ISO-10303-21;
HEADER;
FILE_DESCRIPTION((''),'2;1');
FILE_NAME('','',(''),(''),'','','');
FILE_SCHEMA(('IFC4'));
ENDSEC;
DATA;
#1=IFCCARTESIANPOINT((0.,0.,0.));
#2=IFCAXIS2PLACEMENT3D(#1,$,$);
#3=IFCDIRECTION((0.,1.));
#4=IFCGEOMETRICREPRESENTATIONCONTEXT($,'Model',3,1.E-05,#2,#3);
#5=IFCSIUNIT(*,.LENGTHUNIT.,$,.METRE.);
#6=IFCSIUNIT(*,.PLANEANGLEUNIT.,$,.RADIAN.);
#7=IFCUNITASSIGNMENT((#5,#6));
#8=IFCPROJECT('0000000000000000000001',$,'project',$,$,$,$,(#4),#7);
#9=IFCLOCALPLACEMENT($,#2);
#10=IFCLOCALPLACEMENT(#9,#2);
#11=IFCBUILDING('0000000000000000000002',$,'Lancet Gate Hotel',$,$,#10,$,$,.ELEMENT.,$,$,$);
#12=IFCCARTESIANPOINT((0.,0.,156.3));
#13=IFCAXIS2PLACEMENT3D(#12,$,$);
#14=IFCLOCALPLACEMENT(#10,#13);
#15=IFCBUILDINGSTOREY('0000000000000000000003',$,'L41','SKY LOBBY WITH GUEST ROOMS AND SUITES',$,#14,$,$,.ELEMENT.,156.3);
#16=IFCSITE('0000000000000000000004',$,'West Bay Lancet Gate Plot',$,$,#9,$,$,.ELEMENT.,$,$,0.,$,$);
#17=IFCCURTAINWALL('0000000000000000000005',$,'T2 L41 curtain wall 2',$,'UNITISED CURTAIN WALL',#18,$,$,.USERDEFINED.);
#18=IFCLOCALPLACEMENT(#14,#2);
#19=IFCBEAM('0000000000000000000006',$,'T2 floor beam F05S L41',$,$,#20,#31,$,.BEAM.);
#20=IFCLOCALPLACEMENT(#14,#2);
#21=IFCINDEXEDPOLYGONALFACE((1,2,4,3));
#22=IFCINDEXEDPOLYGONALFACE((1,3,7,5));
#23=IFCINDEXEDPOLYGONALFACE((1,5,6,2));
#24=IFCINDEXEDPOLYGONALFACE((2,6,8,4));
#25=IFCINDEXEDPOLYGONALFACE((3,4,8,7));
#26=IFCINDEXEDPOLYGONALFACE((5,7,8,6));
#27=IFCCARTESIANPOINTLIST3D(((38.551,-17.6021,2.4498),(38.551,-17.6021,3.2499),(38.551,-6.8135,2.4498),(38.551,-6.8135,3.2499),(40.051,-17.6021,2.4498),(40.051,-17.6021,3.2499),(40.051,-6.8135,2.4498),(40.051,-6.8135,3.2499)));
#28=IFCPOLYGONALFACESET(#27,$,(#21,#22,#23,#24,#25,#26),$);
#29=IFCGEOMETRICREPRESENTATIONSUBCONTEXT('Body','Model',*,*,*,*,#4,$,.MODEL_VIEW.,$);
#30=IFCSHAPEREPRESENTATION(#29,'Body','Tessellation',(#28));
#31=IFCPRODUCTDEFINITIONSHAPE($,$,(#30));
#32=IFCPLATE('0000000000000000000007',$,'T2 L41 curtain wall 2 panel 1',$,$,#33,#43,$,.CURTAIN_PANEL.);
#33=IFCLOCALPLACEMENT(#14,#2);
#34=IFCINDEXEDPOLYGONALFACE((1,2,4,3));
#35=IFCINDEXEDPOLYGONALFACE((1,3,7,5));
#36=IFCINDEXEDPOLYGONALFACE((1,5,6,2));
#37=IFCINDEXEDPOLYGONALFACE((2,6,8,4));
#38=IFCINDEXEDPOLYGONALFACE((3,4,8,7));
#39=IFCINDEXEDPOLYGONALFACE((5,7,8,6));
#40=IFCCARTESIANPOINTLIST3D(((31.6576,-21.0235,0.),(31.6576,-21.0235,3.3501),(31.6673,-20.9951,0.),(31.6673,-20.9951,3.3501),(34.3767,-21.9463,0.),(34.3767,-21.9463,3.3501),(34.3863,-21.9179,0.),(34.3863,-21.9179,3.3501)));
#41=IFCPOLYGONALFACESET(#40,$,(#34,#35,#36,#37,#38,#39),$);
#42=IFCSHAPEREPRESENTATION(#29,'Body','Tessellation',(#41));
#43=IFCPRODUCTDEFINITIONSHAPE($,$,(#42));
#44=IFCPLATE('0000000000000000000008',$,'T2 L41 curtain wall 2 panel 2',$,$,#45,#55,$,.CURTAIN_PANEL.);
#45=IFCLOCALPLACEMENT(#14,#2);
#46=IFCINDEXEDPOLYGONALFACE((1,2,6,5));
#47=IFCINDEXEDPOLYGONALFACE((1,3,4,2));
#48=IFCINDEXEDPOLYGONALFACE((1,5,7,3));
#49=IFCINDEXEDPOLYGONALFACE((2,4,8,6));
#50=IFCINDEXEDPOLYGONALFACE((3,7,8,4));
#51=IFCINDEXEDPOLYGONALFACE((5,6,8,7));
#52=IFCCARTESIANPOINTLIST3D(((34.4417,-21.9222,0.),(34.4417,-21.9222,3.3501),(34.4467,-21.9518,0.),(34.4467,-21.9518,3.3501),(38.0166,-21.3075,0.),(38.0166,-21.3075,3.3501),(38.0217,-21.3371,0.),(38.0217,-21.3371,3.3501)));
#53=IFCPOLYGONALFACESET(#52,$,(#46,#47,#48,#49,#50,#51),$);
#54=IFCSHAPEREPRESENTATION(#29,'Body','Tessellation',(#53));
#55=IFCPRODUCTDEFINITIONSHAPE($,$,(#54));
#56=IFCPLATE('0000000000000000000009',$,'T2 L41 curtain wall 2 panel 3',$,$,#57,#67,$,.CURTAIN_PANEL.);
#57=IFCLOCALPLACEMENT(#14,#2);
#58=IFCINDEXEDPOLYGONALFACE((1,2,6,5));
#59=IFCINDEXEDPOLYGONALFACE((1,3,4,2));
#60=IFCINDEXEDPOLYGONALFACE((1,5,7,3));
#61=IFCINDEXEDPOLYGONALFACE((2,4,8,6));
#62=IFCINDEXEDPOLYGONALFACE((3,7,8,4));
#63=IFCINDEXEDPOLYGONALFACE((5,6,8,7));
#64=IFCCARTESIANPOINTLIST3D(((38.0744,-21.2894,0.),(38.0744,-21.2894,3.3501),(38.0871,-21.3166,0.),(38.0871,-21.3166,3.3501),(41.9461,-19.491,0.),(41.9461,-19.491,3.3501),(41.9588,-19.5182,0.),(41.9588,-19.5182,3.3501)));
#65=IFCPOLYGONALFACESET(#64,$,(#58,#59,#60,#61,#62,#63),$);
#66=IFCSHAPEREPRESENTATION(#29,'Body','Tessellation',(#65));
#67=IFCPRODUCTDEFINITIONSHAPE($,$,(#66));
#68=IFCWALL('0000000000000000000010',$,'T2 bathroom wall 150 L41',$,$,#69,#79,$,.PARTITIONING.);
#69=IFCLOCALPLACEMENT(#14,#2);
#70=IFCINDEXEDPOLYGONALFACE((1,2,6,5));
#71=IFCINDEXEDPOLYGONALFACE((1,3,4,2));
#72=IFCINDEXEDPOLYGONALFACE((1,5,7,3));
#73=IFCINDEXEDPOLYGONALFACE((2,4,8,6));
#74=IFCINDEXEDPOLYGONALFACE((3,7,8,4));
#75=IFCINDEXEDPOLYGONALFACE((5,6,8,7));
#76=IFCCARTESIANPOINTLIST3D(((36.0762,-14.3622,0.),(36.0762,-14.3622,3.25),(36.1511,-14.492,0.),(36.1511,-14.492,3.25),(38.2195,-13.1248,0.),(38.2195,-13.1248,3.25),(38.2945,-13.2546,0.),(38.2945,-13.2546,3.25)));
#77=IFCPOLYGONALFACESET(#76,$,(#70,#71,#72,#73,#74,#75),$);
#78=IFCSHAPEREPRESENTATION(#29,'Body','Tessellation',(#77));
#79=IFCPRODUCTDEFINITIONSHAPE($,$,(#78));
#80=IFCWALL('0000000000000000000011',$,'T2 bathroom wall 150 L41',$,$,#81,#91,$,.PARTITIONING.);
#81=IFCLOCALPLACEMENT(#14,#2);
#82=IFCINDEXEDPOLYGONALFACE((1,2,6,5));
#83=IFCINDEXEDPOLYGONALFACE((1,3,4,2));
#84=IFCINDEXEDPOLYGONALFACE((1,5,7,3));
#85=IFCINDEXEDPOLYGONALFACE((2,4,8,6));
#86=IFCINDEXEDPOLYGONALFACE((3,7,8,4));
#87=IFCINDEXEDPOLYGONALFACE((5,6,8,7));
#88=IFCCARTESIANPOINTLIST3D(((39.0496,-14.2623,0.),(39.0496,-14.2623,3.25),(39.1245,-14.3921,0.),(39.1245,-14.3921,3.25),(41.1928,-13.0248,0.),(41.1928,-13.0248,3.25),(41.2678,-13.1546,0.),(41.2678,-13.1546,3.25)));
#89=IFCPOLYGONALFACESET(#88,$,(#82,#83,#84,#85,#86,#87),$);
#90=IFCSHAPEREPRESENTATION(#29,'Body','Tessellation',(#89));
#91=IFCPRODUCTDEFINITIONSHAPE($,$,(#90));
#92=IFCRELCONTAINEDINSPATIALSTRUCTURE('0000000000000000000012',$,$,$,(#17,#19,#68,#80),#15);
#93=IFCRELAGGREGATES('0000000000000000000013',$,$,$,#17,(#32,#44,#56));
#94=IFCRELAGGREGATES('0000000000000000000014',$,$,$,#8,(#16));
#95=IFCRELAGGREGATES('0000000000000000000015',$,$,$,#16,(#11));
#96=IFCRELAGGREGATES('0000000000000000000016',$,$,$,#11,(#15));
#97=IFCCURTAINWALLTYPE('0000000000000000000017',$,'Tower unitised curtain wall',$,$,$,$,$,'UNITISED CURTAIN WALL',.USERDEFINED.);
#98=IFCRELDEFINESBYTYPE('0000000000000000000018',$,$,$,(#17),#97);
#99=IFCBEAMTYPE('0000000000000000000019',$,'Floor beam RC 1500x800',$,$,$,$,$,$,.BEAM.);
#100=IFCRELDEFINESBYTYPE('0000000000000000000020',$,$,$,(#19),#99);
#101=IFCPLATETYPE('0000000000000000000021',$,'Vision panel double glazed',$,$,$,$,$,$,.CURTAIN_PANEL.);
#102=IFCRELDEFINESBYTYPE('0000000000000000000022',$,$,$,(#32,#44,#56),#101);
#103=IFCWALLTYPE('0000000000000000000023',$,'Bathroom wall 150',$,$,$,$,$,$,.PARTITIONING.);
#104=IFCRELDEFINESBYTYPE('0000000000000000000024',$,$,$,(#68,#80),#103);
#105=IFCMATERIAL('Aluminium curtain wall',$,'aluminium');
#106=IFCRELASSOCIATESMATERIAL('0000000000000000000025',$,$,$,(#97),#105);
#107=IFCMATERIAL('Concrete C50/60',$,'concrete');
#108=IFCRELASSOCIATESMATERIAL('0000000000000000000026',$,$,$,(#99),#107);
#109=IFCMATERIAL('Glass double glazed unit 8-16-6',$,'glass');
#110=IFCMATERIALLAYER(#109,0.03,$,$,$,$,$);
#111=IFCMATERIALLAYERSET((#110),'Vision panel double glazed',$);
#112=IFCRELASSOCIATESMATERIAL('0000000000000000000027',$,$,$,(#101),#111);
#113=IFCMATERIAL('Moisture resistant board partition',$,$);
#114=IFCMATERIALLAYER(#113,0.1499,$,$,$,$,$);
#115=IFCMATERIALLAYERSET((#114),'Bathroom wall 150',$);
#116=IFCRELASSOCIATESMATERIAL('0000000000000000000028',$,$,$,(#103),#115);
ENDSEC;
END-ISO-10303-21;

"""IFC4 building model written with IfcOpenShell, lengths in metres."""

from ifc_helpers import new_model, si_unit, direction, frame, frame_2d, origin, origin_2d, place, context, subcontext, project, spatial, rectangle, extrude, material, layer, layer_set, material_profile, profile_set, type_object, element, aggregate, save


model = new_model("IFC4")

# Units and contexts
model_context = context("Model", 3, precision=1e-05, world=origin(), true_north=direction((0.0, 1.0)))
body_context = subcontext(model_context, "Body", "Model", "MODEL_VIEW")
ifc_project = project(units=[si_unit("LENGTHUNIT", "METRE"), si_unit("PLANEANGLEUNIT", "RADIAN")], contexts=[model_context])

# Site, building, storey
site_placement = place(None, origin())
site = spatial("IfcSite", under=ifc_project, at=site_placement, Name="West Bay Lancet Gate Plot", CompositionType="ELEMENT", RefElevation=0.0)
building_placement = place(site_placement, origin())
building = spatial("IfcBuilding", under=site, at=building_placement, Name="Lancet Gate Hotel", CompositionType="ELEMENT")
storey_placement = place(building_placement, frame((0.0, 0.0, 156.3)))
storey = spatial("IfcBuildingStorey", under=building, at=storey_placement, Name="L41", Description="SKY LOBBY WITH GUEST ROOMS AND SUITES", CompositionType="ELEMENT", Elevation=156.3)

# Curtain wall
ifc_material_1 = material(Name="Aluminium curtain wall", Category="aluminium")
curtain_wall_type = type_object("IfcCurtainWallType", Name="Tower unitised curtain wall", ElementType="UNITISED CURTAIN WALL", PredefinedType="USERDEFINED", material=ifc_material_1)
curtain_wall_placement = place(storey_placement, origin())
curtain_wall = element("IfcCurtainWall", 1, at=curtain_wall_placement, inside=storey, type_object=curtain_wall_type, Name="T2 L41 curtain wall 2", ObjectType="UNITISED CURTAIN WALL", PredefinedType="USERDEFINED")

# Beam
ifc_material_2 = material(Name="Concrete C50/60", Category="concrete")
ifc_material_profile_1 = material_profile(ifc_material_2, rectangle(XDim=1.5, YDim=0.8, at=origin_2d()), Name="RC 1500x800")
ifc_profile_set_1 = profile_set([ifc_material_profile_1], Name="Concrete C50/60")
beam_type_1 = type_object("IfcBeamType", Name="Floor beam RC 1500x800", PredefinedType="BEAM", material=ifc_profile_set_1)
beam_1_placement = place(storey_placement, frame((39.301, -17.6021, 2.8499), z_axis=(0.0, 1.0, 0.0), x_axis=(-1.0, 0.0, 0.0)))
element("IfcBeam", 2, at=beam_1_placement, inside=storey, type_object=beam_type_1, Name="T2 floor beam F05S L41", PredefinedType="BEAM", context=body_context, shape_type="SweptSolid", body=[
    extrude(rectangle(XDim=1.5, YDim=0.8, at=origin_2d()), origin(), (0.0, 0.0, 1.0), 10.7886),
])

# Plates
ifc_material_3 = material(Name="Glass double glazed unit 8-16-6", Category="glass")
ifc_layer_1 = layer(ifc_material_3, 0.03)
ifc_layer_set_1 = layer_set([ifc_layer_1], Name="Vision panel double glazed")
plate_type = type_object("IfcPlateType", Name="Vision panel double glazed", PredefinedType="CURTAIN_PANEL", material=ifc_layer_set_1)
plate_1_placement = place(storey_placement, frame((33.022, -21.4707, 0.0), z_axis=(0.0, 0.0, 1.0), x_axis=(0.946952, -0.321374, 0.0)))
plate_1 = element("IfcPlate", 3, at=plate_1_placement, type_object=plate_type, Name="T2 L41 curtain wall 2 panel 1", PredefinedType="CURTAIN_PANEL", context=body_context, shape_type="SweptSolid", body=[
    extrude(rectangle(XDim=2.8713, YDim=0.03, at=origin_2d()), origin(), (0.0, 0.0, 1.0), 3.3501),
])
plate_2_placement = place(storey_placement, frame((36.2317, -21.6296, 0.0), z_axis=(0.0, 0.0, 1.0), x_axis=(0.98554, 0.169445, 0.0)))
plate_2 = element("IfcPlate", 4, at=plate_2_placement, type_object=plate_type, Name="T2 L41 curtain wall 2 panel 2", PredefinedType="CURTAIN_PANEL", context=body_context, shape_type="SweptSolid", body=[
    extrude(rectangle(XDim=3.6274, YDim=0.03, at=origin_2d()), origin(), (0.0, 0.0, 1.0), 3.3501),
])
plate_3_placement = place(storey_placement, frame((40.0166, -20.4038, 0.0), z_axis=(0.0, 0.0, 1.0), x_axis=(0.906935, 0.421271, 0.0)))
plate_3 = element("IfcPlate", 5, at=plate_3_placement, type_object=plate_type, Name="T2 L41 curtain wall 2 panel 3", PredefinedType="CURTAIN_PANEL", context=body_context, shape_type="SweptSolid", body=[
    extrude(rectangle(XDim=4.269, YDim=0.03, at=origin_2d()), origin(), (0.0, 0.0, 1.0), 3.3501),
])
aggregate(curtain_wall, [plate_1, plate_2, plate_3])

# Walls
ifc_material_4 = material(Name="Moisture resistant board partition")
ifc_layer_2 = layer(ifc_material_4, 0.1499)
ifc_layer_set_2 = layer_set([ifc_layer_2], Name="Bathroom wall 150")
wall_type = type_object("IfcWallType", Name="Bathroom wall 150", PredefinedType="PARTITIONING", material=ifc_layer_set_2)
for number, where, z_axis, x_axis, name in (
    (6, (36.1138, -14.427, 0.0), (0.0, 0.0, 1.0), (0.866049, 0.499959, 0.0), "T2 bathroom wall 150 L41"),
    (7, (39.0872, -14.3271, 0.0), (0.0, 0.0, 1.0), (0.866007, 0.500033, 0.0), "T2 bathroom wall 150 L41"),
):
    element("IfcWall", number, at=place(storey_placement, frame(where, z_axis=z_axis, x_axis=x_axis)), inside=storey, type_object=wall_type, Name=name, PredefinedType="PARTITIONING", context=body_context, shape_type="SweptSolid", body=[
        extrude(rectangle(XDim=2.4749, YDim=0.1499, at=frame_2d((1.2373, 0.0))), origin(), (0.0, 0.0, 1.0), 3.25),
    ])

save(model, "model.ifc")
